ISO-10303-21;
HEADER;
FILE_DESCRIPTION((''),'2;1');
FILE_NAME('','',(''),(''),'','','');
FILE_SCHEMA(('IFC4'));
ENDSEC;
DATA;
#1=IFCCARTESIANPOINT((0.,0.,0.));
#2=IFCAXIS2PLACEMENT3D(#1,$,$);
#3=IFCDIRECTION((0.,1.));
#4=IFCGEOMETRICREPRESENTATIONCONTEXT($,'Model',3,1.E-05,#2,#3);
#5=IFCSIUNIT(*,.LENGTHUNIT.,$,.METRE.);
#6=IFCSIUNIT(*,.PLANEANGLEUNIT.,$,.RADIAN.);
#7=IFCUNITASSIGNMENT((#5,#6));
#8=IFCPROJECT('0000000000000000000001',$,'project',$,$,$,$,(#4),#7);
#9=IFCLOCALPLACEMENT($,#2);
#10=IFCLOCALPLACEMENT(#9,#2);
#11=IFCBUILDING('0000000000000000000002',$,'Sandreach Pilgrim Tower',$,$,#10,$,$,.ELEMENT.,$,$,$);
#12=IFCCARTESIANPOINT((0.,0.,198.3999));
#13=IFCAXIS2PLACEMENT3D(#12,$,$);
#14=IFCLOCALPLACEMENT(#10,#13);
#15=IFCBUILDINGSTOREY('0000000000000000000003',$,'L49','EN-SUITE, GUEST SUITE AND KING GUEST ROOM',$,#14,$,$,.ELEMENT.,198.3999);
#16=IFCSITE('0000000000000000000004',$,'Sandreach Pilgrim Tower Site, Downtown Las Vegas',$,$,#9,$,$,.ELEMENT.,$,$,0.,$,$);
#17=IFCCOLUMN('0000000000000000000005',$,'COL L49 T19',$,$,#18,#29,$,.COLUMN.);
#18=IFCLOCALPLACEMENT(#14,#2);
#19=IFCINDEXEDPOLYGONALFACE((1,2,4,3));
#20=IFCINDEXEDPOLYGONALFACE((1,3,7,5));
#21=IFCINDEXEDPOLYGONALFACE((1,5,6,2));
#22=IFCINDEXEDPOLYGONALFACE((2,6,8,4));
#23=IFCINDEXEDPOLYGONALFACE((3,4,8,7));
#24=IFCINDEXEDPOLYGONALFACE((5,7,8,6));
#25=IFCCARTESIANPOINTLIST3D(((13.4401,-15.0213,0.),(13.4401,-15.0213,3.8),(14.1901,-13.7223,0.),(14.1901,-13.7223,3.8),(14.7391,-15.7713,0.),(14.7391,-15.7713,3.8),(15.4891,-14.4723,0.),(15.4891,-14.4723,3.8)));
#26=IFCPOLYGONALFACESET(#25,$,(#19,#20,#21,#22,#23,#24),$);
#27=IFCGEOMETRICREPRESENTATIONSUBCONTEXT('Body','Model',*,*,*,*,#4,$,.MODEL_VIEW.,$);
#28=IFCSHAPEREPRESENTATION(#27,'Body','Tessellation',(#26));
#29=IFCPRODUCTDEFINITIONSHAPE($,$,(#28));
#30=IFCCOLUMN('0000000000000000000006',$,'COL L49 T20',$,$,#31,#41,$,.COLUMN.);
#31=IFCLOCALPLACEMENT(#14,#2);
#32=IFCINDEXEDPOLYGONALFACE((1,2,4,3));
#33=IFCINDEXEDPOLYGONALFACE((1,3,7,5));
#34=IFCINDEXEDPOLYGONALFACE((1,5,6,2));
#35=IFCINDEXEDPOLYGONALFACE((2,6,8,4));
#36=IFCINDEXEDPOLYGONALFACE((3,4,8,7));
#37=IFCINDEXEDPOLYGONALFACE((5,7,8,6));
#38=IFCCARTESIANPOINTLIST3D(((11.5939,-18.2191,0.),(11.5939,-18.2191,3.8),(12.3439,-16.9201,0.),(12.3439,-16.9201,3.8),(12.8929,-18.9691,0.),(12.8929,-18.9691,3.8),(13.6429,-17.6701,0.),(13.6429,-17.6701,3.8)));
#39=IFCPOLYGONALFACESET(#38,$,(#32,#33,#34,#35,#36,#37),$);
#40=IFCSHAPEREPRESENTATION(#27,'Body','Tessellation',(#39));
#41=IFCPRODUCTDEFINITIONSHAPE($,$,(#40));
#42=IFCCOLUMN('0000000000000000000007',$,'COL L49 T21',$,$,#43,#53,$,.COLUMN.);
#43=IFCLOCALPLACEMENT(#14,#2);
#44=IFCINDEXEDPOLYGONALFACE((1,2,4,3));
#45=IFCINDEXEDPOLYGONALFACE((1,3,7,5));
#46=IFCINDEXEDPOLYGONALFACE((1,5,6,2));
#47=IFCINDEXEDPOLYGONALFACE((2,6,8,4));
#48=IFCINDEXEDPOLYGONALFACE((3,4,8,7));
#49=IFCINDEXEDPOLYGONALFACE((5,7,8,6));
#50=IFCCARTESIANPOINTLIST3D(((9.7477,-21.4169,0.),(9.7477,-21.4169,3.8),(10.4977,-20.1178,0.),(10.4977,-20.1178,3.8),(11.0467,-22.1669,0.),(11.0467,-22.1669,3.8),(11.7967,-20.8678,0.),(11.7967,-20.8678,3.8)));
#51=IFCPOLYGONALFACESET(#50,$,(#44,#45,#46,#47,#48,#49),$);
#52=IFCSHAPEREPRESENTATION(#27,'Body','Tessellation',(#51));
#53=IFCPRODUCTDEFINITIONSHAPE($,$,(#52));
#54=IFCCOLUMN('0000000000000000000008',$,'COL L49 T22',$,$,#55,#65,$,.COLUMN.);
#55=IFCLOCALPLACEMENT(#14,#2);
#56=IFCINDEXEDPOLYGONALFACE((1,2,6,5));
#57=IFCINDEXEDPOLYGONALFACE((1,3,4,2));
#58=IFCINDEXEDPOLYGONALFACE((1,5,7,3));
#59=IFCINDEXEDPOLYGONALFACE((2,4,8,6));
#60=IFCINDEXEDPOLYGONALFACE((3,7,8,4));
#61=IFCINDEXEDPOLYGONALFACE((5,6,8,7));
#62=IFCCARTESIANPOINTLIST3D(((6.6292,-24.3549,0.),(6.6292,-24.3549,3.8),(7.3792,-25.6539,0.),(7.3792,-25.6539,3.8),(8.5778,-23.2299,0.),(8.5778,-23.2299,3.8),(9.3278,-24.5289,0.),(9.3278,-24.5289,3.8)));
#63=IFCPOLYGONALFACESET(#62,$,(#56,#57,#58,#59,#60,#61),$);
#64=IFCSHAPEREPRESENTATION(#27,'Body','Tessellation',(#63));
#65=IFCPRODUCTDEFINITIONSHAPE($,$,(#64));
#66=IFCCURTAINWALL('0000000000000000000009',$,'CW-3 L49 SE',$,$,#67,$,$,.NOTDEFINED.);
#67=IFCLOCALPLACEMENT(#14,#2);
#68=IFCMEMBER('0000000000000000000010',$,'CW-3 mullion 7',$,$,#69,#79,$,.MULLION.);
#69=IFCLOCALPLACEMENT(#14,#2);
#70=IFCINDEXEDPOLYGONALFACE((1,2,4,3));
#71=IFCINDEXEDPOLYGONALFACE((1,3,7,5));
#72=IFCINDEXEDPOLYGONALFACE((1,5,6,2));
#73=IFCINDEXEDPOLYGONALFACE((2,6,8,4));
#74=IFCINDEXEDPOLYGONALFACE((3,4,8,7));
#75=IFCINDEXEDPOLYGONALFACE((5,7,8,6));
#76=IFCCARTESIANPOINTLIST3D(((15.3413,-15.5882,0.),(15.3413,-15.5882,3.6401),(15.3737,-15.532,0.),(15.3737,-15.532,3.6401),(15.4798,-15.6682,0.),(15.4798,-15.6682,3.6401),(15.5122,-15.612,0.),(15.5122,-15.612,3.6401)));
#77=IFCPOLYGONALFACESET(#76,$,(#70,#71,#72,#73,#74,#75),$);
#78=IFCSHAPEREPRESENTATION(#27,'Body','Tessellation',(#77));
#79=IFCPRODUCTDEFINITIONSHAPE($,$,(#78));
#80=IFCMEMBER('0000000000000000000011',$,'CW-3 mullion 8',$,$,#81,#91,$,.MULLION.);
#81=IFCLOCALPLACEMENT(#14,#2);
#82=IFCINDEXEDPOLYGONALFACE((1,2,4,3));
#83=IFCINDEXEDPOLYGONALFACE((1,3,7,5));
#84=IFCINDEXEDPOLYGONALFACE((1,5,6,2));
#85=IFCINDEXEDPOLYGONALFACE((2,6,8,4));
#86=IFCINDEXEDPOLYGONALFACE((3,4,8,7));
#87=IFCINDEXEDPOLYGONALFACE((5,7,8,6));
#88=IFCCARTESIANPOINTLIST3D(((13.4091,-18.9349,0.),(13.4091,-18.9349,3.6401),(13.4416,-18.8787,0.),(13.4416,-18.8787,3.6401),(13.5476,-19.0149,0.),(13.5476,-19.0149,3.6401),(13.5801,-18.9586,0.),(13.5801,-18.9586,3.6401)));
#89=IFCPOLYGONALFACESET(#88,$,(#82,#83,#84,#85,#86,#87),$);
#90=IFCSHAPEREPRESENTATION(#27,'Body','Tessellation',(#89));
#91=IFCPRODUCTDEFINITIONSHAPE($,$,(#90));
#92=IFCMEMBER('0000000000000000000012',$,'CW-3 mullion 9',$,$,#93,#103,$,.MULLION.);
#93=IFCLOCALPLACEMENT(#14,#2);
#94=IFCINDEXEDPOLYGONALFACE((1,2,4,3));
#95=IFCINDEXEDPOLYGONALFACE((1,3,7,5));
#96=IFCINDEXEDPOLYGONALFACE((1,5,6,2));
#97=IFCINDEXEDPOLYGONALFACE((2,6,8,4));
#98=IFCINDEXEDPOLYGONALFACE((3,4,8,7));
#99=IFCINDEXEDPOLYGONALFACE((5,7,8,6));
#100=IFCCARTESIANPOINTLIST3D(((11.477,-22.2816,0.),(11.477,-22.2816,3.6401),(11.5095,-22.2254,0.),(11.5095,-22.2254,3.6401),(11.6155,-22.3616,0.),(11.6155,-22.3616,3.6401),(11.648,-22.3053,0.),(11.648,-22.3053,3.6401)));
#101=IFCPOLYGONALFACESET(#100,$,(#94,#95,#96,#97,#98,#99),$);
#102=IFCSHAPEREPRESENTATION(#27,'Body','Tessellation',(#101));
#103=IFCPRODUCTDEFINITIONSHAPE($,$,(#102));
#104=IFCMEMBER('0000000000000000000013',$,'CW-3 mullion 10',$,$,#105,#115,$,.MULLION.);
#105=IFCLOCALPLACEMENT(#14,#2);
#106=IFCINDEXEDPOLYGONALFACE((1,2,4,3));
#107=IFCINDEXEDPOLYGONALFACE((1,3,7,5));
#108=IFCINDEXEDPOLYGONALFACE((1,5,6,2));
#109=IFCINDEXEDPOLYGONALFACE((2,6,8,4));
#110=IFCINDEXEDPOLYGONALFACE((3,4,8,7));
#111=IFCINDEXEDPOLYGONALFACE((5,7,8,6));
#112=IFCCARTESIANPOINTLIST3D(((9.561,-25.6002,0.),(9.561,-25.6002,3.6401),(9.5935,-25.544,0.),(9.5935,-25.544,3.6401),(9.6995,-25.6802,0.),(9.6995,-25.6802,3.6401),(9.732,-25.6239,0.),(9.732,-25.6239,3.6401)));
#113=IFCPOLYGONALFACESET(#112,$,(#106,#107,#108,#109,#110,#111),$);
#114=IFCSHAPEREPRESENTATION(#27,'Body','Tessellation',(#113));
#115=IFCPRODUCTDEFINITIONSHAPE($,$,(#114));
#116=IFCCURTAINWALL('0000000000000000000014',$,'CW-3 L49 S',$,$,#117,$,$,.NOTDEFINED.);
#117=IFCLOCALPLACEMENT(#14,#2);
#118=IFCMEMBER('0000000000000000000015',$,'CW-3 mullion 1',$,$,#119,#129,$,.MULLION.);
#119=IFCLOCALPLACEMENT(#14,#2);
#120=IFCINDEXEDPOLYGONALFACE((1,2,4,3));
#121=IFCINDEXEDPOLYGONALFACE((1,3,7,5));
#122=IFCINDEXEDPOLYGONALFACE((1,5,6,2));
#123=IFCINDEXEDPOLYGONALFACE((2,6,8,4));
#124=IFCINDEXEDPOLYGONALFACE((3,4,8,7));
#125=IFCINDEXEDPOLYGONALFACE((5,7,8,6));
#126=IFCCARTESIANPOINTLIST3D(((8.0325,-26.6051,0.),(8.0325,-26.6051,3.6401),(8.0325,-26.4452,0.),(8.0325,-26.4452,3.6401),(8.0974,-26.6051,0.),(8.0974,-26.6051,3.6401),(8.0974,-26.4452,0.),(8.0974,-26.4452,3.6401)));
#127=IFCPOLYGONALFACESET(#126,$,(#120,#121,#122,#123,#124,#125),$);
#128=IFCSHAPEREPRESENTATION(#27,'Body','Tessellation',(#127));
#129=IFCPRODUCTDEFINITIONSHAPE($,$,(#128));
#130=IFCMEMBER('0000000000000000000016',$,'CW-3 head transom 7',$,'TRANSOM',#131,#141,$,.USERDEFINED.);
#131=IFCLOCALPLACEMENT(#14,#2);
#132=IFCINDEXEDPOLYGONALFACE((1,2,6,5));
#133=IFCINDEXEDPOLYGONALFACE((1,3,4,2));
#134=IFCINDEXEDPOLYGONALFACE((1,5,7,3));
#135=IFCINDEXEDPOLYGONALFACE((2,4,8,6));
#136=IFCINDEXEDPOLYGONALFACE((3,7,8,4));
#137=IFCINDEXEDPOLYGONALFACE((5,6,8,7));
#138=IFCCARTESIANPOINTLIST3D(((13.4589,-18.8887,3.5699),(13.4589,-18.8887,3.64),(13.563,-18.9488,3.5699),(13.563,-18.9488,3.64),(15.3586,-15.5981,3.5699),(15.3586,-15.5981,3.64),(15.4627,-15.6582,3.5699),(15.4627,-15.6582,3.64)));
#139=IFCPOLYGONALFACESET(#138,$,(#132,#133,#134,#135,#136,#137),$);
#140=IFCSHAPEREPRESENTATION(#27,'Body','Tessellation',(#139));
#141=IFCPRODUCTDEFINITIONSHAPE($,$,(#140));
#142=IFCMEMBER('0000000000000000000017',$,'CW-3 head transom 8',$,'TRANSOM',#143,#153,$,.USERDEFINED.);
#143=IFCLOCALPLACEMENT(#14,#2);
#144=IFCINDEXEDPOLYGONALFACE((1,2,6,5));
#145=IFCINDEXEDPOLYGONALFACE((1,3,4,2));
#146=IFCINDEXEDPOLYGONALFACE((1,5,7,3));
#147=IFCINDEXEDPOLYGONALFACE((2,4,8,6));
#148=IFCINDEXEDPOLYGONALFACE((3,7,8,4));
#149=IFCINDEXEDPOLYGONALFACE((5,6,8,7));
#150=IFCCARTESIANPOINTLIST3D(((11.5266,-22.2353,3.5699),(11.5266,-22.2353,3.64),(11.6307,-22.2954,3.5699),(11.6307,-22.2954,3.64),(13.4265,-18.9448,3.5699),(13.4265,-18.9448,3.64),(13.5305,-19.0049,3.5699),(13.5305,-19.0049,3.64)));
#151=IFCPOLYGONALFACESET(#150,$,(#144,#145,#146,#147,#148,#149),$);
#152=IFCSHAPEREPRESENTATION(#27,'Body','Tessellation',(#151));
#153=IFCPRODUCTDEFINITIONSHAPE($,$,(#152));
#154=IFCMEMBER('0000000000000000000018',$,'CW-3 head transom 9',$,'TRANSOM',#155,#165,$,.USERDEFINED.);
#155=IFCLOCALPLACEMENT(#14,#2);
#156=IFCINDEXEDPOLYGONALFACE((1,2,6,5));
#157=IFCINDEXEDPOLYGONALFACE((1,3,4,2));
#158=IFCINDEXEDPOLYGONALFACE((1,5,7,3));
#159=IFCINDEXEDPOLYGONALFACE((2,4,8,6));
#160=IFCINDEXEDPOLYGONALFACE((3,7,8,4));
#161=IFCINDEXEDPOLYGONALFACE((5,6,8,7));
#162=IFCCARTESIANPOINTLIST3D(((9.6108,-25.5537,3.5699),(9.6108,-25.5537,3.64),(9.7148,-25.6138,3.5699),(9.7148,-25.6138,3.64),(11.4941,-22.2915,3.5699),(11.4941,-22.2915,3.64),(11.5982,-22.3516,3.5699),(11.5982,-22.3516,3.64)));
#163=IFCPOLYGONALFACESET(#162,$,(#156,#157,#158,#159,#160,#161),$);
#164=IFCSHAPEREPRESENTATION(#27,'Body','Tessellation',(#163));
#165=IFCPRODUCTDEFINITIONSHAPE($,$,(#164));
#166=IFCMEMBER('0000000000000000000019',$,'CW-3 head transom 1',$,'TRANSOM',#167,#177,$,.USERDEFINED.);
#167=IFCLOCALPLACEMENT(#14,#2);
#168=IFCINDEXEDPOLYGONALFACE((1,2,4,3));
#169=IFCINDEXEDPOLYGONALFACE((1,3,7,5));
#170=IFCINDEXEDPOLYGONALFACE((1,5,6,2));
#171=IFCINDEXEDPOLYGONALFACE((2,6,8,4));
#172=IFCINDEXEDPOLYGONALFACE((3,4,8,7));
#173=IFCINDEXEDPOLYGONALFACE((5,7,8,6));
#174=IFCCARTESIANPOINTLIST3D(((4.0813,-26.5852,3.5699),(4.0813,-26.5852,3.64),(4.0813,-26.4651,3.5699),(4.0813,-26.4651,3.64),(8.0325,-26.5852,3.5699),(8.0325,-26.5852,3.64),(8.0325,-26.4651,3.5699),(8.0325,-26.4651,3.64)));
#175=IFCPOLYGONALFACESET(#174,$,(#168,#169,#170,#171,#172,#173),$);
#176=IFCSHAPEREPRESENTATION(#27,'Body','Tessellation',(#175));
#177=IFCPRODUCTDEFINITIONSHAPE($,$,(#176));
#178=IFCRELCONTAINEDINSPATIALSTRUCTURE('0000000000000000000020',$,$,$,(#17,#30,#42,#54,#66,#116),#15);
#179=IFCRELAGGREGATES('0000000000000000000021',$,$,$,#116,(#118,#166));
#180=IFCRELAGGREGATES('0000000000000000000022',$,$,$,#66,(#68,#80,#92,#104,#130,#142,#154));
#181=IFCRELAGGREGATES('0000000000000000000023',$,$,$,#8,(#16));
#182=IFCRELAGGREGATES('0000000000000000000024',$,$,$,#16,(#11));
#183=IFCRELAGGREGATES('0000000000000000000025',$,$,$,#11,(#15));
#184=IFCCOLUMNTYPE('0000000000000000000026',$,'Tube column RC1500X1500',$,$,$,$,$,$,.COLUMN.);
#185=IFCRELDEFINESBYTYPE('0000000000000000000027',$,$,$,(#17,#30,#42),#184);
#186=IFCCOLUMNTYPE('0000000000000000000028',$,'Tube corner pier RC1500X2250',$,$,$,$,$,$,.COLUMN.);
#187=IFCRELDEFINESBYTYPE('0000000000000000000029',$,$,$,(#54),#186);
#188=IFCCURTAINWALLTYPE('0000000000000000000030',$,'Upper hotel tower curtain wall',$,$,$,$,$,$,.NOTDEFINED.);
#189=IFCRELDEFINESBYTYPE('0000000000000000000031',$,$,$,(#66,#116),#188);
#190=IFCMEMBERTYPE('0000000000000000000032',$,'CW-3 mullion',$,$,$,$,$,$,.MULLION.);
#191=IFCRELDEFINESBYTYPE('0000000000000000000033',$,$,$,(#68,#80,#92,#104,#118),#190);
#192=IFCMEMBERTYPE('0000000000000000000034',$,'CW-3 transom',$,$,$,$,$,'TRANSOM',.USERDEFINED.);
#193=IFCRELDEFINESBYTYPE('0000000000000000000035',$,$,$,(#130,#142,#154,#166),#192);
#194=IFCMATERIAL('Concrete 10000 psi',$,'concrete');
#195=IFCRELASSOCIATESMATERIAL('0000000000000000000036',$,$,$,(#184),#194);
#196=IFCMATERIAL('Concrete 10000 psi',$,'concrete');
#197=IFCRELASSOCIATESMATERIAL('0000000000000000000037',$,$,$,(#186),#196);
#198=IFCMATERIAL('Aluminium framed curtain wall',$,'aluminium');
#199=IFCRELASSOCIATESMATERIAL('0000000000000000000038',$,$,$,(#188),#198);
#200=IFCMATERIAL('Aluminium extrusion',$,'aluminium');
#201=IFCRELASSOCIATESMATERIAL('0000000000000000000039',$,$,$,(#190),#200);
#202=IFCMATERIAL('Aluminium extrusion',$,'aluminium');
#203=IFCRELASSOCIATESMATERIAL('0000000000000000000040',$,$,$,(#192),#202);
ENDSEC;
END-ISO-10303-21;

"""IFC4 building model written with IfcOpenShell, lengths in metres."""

from ifc_helpers import new_model, si_unit, direction, frame, origin, origin_2d, place, context, subcontext, project, spatial, rectangle, extrude, material, material_profile, profile_set, type_object, element, aggregate, save


model = new_model("IFC4")

# Units and contexts
model_context = context("Model", 3, precision=1e-05, world=origin(), true_north=direction((0.0, 1.0)))
body_context = subcontext(model_context, "Body", "Model", "MODEL_VIEW")
ifc_project = project(units=[si_unit("LENGTHUNIT", "METRE"), si_unit("PLANEANGLEUNIT", "RADIAN")], contexts=[model_context])

# Site, building, storey
site_placement = place(None, origin())
site = spatial("IfcSite", under=ifc_project, at=site_placement, Name="Sandreach Pilgrim Tower Site, Downtown Las Vegas", CompositionType="ELEMENT", RefElevation=0.0)
building_placement = place(site_placement, origin())
building = spatial("IfcBuilding", under=site, at=building_placement, Name="Sandreach Pilgrim Tower", CompositionType="ELEMENT")
storey_placement = place(building_placement, frame((0.0, 0.0, 198.3999)))
storey = spatial("IfcBuildingStorey", under=building, at=storey_placement, Name="L49", Description="EN-SUITE, GUEST SUITE AND KING GUEST ROOM", CompositionType="ELEMENT", Elevation=198.3999)

# Columns
ifc_material_1 = material(Name="Concrete 10000 psi", Category="concrete")
ifc_material_profile_1 = material_profile(ifc_material_1, rectangle(XDim=1.5, YDim=1.5, at=origin_2d()), Name="RC1500X1500")
ifc_profile_set_1 = profile_set([ifc_material_profile_1], Name="Concrete 10000 psi")
column_type_1 = type_object("IfcColumnType", Name="Tube column RC1500X1500", PredefinedType="COLUMN", material=ifc_profile_set_1)
for number, where, z_axis, x_axis, name in (
    (1, (14.4646, -14.7468, 0.0), (0.0, 0.0, 1.0), (0.866025, -0.5, 0.0), "COL L49 T19"),
    (2, (12.6184, -17.9446, 0.0), (0.0, 0.0, 1.0), (0.866025, -0.5, 0.0), "COL L49 T20"),
    (3, (10.7722, -21.1423, 0.0), (0.0, 0.0, 1.0), (0.866025, -0.5, 0.0), "COL L49 T21"),
):
    element("IfcColumn", number, at=place(storey_placement, frame(where, z_axis=z_axis, x_axis=x_axis)), inside=storey, type_object=column_type_1, Name=name, PredefinedType="COLUMN", context=body_context, shape_type="SweptSolid", body=[
        extrude(rectangle(XDim=1.5, YDim=1.5, at=origin_2d()), origin(), (0.0, 0.0, 1.0), 3.8),
    ])
ifc_material_2 = material(Name="Concrete 10000 psi", Category="concrete")
ifc_material_profile_2 = material_profile(ifc_material_2, rectangle(XDim=1.5, YDim=2.25, at=origin_2d()), Name="RC1500X2250")
ifc_profile_set_2 = profile_set([ifc_material_profile_2], Name="Concrete 10000 psi")
column_type_2 = type_object("IfcColumnType", Name="Tube corner pier RC1500X2250", PredefinedType="COLUMN", material=ifc_profile_set_2)
column_placement = place(storey_placement, frame((7.9785, -24.4419, 0.0), z_axis=(0.0, 0.0, 1.0), x_axis=(0.5, -0.866025, 0.0)))
element("IfcColumn", 4, at=column_placement, inside=storey, type_object=column_type_2, Name="COL L49 T22", PredefinedType="COLUMN", context=body_context, shape_type="SweptSolid", body=[
    extrude(rectangle(XDim=1.5, YDim=2.25, at=origin_2d()), origin(), (0.0, 0.0, 1.0), 3.8),
])

# Curtain wall, members
ifc_material_3 = material(Name="Aluminium framed curtain wall", Category="aluminium")
curtain_wall_type = type_object("IfcCurtainWallType", Name="Upper hotel tower curtain wall", PredefinedType="NOTDEFINED", material=ifc_material_3)
curtain_wall_1_placement = place(storey_placement, origin())
curtain_wall_1 = element("IfcCurtainWall", 5, at=curtain_wall_1_placement, inside=storey, type_object=curtain_wall_type, Name="CW-3 L49 SE", PredefinedType="NOTDEFINED")
ifc_material_4 = material(Name="Aluminium extrusion", Category="aluminium")
ifc_material_profile_3 = material_profile(ifc_material_4, rectangle(XDim=0.0649, YDim=0.1599, at=origin_2d()), Name="CW-3M 65X160")
ifc_profile_set_3 = profile_set([ifc_material_profile_3], Name="Aluminium extrusion")
member_type_1 = type_object("IfcMemberType", Name="CW-3 mullion", PredefinedType="MULLION", material=ifc_profile_set_3)
member_1_placement = place(storey_placement, frame((15.4268, -15.6001, 0.0), z_axis=(0.0, 0.0, 1.0), x_axis=(-0.5, -0.866025, 0.0)))
member_1 = element("IfcMember", 6, at=member_1_placement, type_object=member_type_1, Name="CW-3 mullion 7", PredefinedType="MULLION", context=body_context, shape_type="SweptSolid", body=[
    extrude(rectangle(XDim=0.0649, YDim=0.1599, at=origin_2d()), origin(), (0.0, 0.0, 1.0), 3.6401),
])
member_2_placement = place(storey_placement, frame((13.4946, -18.9468, 0.0), z_axis=(0.0, 0.0, 1.0), x_axis=(-0.5, -0.866025, 0.0)))
member_2 = element("IfcMember", 7, at=member_2_placement, type_object=member_type_1, Name="CW-3 mullion 8", PredefinedType="MULLION", context=body_context, shape_type="SweptSolid", body=[
    extrude(rectangle(XDim=0.0649, YDim=0.1599, at=origin_2d()), origin(), (0.0, 0.0, 1.0), 3.6401),
])
member_3_placement = place(storey_placement, frame((11.5625, -22.2935, 0.0), z_axis=(0.0, 0.0, 1.0), x_axis=(-0.5, -0.866025, 0.0)))
member_3 = element("IfcMember", 8, at=member_3_placement, type_object=member_type_1, Name="CW-3 mullion 9", PredefinedType="MULLION", context=body_context, shape_type="SweptSolid", body=[
    extrude(rectangle(XDim=0.0649, YDim=0.1599, at=origin_2d()), origin(), (0.0, 0.0, 1.0), 3.6401),
])
member_4_placement = place(storey_placement, frame((9.6465, -25.6121, 0.0), z_axis=(0.0, 0.0, 1.0), x_axis=(-0.5, -0.866025, 0.0)))
member_4 = element("IfcMember", 9, at=member_4_placement, type_object=member_type_1, Name="CW-3 mullion 10", PredefinedType="MULLION", context=body_context, shape_type="SweptSolid", body=[
    extrude(rectangle(XDim=0.0649, YDim=0.1599, at=origin_2d()), origin(), (0.0, 0.0, 1.0), 3.6401),
])

# Curtain wall, member
curtain_wall_2_placement = place(storey_placement, origin())
curtain_wall_2 = element("IfcCurtainWall", 10, at=curtain_wall_2_placement, inside=storey, type_object=curtain_wall_type, Name="CW-3 L49 S", PredefinedType="NOTDEFINED")
member_5_placement = place(storey_placement, frame((8.0649, -26.5251, 0.0), z_axis=(0.0, 0.0, 1.0), x_axis=(-1.0, 0.0, 0.0)))
member_5 = element("IfcMember", 11, at=member_5_placement, type_object=member_type_1, Name="CW-3 mullion 1", PredefinedType="MULLION", context=body_context, shape_type="SweptSolid", body=[
    extrude(rectangle(XDim=0.0649, YDim=0.1599, at=origin_2d()), origin(), (0.0, 0.0, 1.0), 3.6401),
])

# Members
ifc_material_5 = material(Name="Aluminium extrusion", Category="aluminium")
ifc_material_profile_4 = material_profile(ifc_material_5, rectangle(XDim=0.1201, YDim=0.0701, at=origin_2d()), Name="CW-3T 120X70")
ifc_profile_set_4 = profile_set([ifc_material_profile_4], Name="Aluminium extrusion")
member_type_2 = type_object("IfcMemberType", Name="CW-3 transom", ElementType="TRANSOM", PredefinedType="USERDEFINED", material=ifc_profile_set_4)
member_6_placement = place(storey_placement, frame((15.4106, -15.6282, 3.605), z_axis=(-0.499975, -0.86604, 0.0), x_axis=(0.86604, -0.499975, 0.0)))
member_6 = element("IfcMember", 12, at=member_6_placement, type_object=member_type_2, Name="CW-3 head transom 7", ObjectType="TRANSOM", PredefinedType="USERDEFINED", context=body_context, shape_type="SweptSolid", body=[
    extrude(rectangle(XDim=0.1201, YDim=0.0701, at=origin_2d()), origin(), (0.0, 0.0, 1.0), 3.7996),
])
member_7_placement = place(storey_placement, frame((13.4785, -18.9749, 3.605), z_axis=(-0.500023, -0.866012, 0.0), x_axis=(0.866012, -0.500023, 0.0)))
member_7 = element("IfcMember", 13, at=member_7_placement, type_object=member_type_2, Name="CW-3 head transom 8", ObjectType="TRANSOM", PredefinedType="USERDEFINED", context=body_context, shape_type="SweptSolid", body=[
    extrude(rectangle(XDim=0.1201, YDim=0.0701, at=origin_2d()), origin(), (0.0, 0.0, 1.0), 3.7996),
])
member_8_placement = place(storey_placement, frame((11.5461, -22.3215, 3.605), z_axis=(-0.499973, -0.866041, 0.0), x_axis=(0.866041, -0.499973, 0.0)))
member_8 = element("IfcMember", 14, at=member_8_placement, type_object=member_type_2, Name="CW-3 head transom 9", ObjectType="TRANSOM", PredefinedType="USERDEFINED", context=body_context, shape_type="SweptSolid", body=[
    extrude(rectangle(XDim=0.1201, YDim=0.0701, at=origin_2d()), origin(), (0.0, 0.0, 1.0), 3.7668),
])
member_9_placement = place(storey_placement, frame((8.0325, -26.5251, 3.605), z_axis=(-1.0, 0.0, 0.0), x_axis=(0.0, -1.0, 0.0)))
member_9 = element("IfcMember", 15, at=member_9_placement, type_object=member_type_2, Name="CW-3 head transom 1", ObjectType="TRANSOM", PredefinedType="USERDEFINED", context=body_context, shape_type="SweptSolid", body=[
    extrude(rectangle(XDim=0.1201, YDim=0.0701, at=origin_2d()), origin(), (0.0, 0.0, 1.0), 3.9512),
])
aggregate(curtain_wall_2, [member_5, member_9])

aggregate(curtain_wall_1, [member_1, member_2, member_3, member_4, member_6, member_7, member_8])

save(model, "model.ifc")
